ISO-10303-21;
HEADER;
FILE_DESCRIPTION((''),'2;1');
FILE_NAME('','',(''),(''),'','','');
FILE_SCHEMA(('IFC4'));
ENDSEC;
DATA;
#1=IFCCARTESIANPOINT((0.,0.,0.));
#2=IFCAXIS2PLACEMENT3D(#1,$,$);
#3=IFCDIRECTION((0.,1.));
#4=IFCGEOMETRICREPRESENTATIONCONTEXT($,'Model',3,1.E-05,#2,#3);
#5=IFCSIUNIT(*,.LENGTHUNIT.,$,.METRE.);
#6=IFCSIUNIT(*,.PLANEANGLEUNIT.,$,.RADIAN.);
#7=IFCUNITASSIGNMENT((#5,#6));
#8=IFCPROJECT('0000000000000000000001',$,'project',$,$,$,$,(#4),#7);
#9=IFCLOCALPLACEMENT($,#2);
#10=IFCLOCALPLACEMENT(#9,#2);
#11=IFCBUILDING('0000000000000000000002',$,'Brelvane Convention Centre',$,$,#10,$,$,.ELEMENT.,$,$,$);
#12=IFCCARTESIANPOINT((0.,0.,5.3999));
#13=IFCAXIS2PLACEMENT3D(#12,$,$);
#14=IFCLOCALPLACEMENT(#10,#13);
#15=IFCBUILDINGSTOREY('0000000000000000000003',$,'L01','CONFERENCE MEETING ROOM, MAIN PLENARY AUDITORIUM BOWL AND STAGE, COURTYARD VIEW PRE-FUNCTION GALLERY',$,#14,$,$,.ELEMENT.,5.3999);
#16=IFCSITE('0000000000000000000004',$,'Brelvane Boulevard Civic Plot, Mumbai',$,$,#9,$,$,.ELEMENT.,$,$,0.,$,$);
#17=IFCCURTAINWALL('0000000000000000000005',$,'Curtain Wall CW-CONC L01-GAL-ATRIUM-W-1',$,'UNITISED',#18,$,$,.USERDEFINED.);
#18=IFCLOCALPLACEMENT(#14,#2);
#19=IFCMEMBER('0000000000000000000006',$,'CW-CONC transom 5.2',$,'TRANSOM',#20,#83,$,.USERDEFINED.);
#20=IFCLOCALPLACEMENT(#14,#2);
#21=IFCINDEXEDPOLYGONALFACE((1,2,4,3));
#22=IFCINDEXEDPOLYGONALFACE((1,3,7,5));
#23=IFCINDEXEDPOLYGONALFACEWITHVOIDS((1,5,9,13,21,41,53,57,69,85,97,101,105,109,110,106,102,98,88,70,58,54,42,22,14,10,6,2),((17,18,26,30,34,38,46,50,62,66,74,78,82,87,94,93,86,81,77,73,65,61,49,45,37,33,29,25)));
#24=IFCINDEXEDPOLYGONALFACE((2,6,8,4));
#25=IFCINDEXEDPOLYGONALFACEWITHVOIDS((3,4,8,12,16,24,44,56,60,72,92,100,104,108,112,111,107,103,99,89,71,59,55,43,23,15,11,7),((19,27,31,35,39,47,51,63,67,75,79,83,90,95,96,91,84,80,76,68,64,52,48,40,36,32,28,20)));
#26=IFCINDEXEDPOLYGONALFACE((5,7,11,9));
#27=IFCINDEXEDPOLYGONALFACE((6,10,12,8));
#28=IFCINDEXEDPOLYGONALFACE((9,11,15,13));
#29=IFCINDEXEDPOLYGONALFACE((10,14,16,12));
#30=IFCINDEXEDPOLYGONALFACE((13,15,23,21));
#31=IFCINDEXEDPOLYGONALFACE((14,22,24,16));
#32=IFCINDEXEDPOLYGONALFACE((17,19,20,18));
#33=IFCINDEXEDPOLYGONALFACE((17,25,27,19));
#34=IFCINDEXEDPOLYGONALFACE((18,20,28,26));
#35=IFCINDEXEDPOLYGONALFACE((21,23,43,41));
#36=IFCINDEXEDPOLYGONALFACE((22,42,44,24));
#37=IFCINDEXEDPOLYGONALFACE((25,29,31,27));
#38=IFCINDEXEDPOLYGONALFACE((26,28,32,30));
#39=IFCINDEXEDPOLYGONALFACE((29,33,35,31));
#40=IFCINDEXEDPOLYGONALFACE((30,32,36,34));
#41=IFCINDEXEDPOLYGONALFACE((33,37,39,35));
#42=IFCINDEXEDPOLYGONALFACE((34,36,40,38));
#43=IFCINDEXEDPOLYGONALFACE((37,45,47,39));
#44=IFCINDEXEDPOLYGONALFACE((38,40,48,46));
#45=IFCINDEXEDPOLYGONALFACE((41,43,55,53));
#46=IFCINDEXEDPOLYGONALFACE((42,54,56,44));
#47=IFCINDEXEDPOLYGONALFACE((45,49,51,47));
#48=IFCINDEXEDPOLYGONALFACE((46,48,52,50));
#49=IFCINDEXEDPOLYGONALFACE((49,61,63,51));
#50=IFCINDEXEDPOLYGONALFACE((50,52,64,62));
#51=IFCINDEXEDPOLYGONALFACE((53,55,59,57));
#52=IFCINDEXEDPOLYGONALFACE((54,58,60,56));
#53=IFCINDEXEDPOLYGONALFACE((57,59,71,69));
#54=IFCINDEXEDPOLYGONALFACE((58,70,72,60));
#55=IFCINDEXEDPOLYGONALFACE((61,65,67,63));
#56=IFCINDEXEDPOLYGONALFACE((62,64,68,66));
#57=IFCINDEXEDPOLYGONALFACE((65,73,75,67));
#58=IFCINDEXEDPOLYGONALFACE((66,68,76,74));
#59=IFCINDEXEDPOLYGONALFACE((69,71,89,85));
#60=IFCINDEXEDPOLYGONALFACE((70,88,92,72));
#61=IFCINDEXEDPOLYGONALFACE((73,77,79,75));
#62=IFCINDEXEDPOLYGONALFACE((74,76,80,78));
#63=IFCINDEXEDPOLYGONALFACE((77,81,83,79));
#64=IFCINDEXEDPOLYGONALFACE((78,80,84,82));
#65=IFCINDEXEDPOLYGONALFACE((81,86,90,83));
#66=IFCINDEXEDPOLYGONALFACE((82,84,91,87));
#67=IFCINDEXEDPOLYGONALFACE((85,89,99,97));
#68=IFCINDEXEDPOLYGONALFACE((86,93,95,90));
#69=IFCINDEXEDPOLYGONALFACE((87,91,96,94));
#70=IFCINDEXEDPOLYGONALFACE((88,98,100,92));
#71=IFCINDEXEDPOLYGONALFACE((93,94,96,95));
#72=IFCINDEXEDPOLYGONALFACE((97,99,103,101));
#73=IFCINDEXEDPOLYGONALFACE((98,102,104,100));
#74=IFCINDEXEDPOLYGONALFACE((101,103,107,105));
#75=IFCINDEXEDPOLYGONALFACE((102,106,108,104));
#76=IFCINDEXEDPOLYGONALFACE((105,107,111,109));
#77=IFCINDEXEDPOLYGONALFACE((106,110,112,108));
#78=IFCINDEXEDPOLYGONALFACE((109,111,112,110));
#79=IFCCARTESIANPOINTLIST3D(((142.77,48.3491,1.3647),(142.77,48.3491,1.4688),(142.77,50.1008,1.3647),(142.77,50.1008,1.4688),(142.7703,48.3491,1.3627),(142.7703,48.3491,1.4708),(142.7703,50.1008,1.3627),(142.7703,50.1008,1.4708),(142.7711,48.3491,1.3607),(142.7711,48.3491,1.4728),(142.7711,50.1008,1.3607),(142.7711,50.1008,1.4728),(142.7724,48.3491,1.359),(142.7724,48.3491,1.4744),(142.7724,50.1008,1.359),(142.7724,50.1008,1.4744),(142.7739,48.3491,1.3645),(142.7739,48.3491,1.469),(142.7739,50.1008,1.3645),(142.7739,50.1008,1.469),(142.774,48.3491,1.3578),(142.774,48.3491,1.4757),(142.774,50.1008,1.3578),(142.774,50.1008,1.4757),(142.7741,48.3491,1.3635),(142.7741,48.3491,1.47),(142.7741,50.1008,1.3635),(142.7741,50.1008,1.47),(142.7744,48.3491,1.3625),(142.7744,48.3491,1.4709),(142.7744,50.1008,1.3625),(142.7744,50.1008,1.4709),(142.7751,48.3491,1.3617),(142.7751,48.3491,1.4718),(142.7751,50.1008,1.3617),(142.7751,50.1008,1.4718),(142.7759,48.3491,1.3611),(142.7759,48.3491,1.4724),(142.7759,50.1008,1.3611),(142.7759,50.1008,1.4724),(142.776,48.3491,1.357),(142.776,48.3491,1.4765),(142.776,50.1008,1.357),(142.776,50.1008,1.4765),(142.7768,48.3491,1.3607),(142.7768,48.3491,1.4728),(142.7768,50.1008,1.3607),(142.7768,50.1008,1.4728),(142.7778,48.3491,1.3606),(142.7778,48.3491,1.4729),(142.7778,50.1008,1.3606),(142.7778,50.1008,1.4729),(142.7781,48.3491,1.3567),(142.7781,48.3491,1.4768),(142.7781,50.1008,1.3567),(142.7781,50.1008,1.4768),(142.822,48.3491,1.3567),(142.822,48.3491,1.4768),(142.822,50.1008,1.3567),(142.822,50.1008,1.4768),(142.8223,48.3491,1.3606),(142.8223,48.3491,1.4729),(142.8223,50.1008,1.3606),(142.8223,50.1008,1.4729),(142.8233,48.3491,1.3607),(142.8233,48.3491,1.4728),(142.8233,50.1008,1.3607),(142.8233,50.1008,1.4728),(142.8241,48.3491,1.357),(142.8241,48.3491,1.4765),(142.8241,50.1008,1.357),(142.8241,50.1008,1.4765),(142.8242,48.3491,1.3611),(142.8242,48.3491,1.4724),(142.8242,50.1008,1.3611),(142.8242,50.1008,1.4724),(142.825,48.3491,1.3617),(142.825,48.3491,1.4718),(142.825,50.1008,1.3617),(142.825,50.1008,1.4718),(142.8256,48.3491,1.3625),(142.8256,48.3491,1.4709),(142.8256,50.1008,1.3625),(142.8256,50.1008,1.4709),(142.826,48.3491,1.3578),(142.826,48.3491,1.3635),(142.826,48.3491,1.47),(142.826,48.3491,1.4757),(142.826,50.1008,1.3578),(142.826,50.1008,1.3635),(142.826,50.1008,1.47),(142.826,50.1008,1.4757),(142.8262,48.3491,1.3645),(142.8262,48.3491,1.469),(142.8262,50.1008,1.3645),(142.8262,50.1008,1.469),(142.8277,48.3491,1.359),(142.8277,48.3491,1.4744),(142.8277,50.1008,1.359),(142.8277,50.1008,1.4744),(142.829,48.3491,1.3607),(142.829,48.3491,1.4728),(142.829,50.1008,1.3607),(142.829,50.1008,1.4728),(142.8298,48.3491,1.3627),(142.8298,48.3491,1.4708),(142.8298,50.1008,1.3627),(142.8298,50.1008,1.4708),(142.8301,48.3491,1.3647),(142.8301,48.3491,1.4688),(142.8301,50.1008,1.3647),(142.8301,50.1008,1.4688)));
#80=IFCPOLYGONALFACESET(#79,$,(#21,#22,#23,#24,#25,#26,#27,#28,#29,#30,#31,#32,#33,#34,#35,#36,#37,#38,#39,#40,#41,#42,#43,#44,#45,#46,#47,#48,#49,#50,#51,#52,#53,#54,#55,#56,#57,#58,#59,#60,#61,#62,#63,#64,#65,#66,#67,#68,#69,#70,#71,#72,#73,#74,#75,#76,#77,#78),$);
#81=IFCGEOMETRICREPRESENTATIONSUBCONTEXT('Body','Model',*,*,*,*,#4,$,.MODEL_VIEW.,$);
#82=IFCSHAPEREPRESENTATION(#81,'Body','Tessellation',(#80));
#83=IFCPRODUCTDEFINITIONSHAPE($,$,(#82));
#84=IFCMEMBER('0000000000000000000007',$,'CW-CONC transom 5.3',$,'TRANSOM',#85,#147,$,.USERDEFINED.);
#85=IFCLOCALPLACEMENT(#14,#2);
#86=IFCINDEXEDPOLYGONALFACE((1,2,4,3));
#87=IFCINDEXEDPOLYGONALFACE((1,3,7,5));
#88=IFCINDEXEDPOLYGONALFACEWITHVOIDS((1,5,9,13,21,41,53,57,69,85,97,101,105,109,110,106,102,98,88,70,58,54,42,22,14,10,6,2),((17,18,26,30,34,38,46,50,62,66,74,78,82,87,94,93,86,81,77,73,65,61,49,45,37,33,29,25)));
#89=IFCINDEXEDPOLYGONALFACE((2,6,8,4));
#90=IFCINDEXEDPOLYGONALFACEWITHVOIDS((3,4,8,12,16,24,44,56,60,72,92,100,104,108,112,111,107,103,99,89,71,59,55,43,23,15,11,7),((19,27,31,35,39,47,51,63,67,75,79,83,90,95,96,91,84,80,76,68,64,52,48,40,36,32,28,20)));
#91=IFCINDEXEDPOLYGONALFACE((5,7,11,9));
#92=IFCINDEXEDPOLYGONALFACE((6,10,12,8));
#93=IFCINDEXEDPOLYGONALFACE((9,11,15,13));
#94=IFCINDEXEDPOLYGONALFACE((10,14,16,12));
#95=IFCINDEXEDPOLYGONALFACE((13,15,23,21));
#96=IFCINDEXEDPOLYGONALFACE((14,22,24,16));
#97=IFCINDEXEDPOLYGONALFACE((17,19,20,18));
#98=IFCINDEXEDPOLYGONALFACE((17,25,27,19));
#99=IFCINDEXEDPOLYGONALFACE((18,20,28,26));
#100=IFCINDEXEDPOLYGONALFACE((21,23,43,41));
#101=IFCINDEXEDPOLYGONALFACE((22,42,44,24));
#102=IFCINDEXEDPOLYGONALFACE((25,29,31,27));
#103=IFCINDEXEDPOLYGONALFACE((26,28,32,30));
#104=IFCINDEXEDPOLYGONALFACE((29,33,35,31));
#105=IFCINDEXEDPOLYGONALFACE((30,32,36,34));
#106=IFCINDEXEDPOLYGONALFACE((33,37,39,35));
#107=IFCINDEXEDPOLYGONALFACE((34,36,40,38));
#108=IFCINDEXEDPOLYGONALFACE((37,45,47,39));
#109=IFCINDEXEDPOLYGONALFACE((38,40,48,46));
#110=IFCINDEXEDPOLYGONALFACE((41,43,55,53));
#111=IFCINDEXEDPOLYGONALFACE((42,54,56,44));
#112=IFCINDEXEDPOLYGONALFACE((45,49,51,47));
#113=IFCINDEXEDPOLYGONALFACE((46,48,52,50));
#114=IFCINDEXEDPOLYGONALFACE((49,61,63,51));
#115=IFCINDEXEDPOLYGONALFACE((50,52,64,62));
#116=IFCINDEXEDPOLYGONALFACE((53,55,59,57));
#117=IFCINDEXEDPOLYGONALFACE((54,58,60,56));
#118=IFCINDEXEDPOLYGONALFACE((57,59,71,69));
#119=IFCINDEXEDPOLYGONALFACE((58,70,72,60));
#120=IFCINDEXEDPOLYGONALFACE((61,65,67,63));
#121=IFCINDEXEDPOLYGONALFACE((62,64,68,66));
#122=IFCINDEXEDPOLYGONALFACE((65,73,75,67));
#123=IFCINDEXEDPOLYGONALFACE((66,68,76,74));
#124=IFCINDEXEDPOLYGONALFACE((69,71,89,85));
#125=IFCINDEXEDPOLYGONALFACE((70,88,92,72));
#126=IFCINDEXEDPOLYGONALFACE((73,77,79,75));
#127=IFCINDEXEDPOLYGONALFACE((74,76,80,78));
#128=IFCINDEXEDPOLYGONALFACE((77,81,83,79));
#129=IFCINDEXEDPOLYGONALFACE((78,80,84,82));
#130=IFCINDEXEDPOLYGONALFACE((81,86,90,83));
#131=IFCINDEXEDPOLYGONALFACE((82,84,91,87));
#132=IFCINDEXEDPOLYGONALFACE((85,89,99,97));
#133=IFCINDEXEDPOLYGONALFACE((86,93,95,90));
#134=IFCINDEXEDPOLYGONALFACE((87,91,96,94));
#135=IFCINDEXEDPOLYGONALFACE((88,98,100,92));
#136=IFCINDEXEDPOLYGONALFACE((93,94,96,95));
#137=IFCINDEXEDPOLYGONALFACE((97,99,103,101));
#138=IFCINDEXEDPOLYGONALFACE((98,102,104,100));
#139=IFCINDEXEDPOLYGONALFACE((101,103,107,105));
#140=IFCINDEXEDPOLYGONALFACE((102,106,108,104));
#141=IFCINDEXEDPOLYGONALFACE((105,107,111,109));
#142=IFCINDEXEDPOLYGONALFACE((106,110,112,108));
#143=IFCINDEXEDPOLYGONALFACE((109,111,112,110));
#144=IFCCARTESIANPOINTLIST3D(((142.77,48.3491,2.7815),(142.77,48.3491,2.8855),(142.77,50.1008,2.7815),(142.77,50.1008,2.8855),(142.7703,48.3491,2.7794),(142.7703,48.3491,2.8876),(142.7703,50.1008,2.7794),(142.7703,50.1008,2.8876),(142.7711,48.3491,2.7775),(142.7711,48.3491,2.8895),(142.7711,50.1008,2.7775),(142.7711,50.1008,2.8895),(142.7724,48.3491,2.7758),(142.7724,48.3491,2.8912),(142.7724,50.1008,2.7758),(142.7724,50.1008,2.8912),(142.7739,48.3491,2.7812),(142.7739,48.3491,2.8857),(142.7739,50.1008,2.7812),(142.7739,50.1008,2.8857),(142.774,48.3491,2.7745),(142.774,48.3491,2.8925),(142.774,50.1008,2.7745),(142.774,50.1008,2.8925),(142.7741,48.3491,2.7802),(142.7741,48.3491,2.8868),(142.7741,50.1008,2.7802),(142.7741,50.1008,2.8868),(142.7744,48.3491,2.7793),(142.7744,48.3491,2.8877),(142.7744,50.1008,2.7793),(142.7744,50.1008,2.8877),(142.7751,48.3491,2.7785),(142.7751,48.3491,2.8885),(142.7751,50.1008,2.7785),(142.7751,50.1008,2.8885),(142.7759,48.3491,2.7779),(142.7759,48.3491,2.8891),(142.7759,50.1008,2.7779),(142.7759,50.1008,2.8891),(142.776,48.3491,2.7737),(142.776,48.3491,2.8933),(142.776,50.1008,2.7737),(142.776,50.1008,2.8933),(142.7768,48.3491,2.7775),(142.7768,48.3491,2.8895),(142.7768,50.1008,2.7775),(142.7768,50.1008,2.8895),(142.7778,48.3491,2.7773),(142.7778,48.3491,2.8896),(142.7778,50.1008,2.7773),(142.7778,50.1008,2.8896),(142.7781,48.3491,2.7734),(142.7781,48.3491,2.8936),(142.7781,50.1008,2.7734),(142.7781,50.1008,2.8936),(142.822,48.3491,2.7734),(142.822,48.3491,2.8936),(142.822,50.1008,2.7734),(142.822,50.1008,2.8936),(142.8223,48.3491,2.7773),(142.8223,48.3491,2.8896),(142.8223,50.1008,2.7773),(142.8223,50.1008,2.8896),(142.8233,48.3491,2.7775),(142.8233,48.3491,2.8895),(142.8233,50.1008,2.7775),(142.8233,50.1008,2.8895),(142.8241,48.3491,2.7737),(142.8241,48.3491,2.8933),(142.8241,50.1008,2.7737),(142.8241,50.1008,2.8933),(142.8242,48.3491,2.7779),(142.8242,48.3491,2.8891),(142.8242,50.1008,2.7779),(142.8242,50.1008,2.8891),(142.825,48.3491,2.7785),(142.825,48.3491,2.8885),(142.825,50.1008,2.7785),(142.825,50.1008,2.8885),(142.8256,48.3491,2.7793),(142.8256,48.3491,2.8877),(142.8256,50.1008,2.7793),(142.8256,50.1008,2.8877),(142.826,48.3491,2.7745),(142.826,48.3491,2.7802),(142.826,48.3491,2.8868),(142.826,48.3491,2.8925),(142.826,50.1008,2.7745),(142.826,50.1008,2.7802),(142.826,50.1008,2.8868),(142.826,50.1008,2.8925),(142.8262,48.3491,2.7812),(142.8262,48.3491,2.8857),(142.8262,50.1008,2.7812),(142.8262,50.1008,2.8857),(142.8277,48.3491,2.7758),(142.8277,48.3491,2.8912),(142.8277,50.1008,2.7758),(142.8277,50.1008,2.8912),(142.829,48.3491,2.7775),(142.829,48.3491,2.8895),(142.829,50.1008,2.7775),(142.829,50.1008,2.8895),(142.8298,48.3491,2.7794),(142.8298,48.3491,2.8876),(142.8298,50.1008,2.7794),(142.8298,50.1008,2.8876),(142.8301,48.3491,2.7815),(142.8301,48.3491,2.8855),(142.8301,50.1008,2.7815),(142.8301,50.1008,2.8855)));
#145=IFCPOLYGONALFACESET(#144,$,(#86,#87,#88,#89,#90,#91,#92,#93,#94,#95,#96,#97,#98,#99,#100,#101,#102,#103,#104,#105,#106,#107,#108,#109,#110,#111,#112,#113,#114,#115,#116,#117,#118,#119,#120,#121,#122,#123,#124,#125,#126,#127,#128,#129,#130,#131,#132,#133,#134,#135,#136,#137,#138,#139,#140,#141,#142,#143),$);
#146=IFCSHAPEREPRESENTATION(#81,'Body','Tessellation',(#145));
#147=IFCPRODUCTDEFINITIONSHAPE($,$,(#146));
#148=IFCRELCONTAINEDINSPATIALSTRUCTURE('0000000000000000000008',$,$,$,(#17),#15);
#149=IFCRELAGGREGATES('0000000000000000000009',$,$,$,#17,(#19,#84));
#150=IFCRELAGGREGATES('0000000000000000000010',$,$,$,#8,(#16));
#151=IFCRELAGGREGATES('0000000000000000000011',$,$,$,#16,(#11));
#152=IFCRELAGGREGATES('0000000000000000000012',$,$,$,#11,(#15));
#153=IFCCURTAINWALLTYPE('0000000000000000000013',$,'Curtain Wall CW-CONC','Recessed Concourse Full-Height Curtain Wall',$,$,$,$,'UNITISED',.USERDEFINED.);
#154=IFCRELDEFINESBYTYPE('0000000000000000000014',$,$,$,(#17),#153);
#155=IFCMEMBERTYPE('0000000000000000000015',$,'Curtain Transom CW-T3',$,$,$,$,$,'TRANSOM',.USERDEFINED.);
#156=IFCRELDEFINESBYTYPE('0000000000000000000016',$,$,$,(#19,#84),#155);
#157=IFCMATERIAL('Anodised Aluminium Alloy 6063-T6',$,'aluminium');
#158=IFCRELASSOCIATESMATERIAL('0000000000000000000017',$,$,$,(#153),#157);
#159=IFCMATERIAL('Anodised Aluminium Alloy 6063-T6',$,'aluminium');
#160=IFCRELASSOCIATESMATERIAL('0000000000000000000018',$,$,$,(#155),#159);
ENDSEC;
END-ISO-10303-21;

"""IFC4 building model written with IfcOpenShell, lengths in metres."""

from ifc_helpers import new_model, si_unit, direction, frame, origin, origin_2d, place, context, subcontext, project, spatial, hollow_rectangle, extrude, material, material_profile, profile_set, type_object, element, aggregate, save


model = new_model("IFC4")

# Units and contexts
model_context = context("Model", 3, precision=1e-05, world=origin(), true_north=direction((0.0, 1.0)))
body_context = subcontext(model_context, "Body", "Model", "MODEL_VIEW")
ifc_project = project(units=[si_unit("LENGTHUNIT", "METRE"), si_unit("PLANEANGLEUNIT", "RADIAN")], contexts=[model_context])

# Site, building, storey
site_placement = place(None, origin())
site = spatial("IfcSite", under=ifc_project, at=site_placement, Name="Brelvane Boulevard Civic Plot, Mumbai", CompositionType="ELEMENT", RefElevation=0.0)
building_placement = place(site_placement, origin())
building = spatial("IfcBuilding", under=site, at=building_placement, Name="Brelvane Convention Centre", CompositionType="ELEMENT")
storey_placement = place(building_placement, frame((0.0, 0.0, 5.3999)))
storey = spatial("IfcBuildingStorey", under=building, at=storey_placement, Name="L01", Description="CONFERENCE MEETING ROOM, MAIN PLENARY AUDITORIUM BOWL AND STAGE, COURTYARD VIEW PRE-FUNCTION GALLERY", CompositionType="ELEMENT", Elevation=5.3999)

# Curtain wall, members
ifc_material_1 = material(Name="Anodised Aluminium Alloy 6063-T6", Category="aluminium")
curtain_wall_type = type_object("IfcCurtainWallType", Name="Curtain Wall CW-CONC", Description="Recessed Concourse Full-Height Curtain Wall", ElementType="UNITISED", PredefinedType="USERDEFINED", material=ifc_material_1)
curtain_wall_placement = place(storey_placement, origin())
curtain_wall = element("IfcCurtainWall", 1, at=curtain_wall_placement, inside=storey, type_object=curtain_wall_type, Name="Curtain Wall CW-CONC L01-GAL-ATRIUM-W-1", ObjectType="UNITISED", PredefinedType="USERDEFINED")
ifc_material_2 = material(Name="Anodised Aluminium Alloy 6063-T6", Category="aluminium")
ifc_material_profile_1 = material_profile(ifc_material_2, hollow_rectangle(XDim=0.0601, YDim=0.1201, WallThickness=0.0039, InnerFilletRadius=0.0039, OuterFilletRadius=0.0081, at=origin_2d()), Name="ALU-T 120x60x4.0")
ifc_profile_set_1 = profile_set([ifc_material_profile_1], Name="Anodised Aluminium Alloy 6063-T6")
member_type_1 = type_object("IfcMemberType", Name="Curtain Transom CW-T3", ElementType="TRANSOM", PredefinedType="USERDEFINED", material=ifc_profile_set_1)
member_1_placement = place(storey_placement, frame((142.8, 48.3491, 1.4167), z_axis=(0.0, 1.0, 0.0), x_axis=(-1.0, 0.0, 0.0)))
member_1 = element("IfcMember", 2, at=member_1_placement, type_object=member_type_1, Name="CW-CONC transom 5.2", ObjectType="TRANSOM", PredefinedType="USERDEFINED", context=body_context, shape_type="SweptSolid", body=[
    extrude(hollow_rectangle(XDim=0.0601, YDim=0.1201, WallThickness=0.0039, InnerFilletRadius=0.0039, OuterFilletRadius=0.0081, at=origin_2d()), origin(), (0.0, 0.0, 1.0), 1.7517),
])
member_2_placement = place(storey_placement, frame((142.8, 48.3491, 2.8335), z_axis=(0.0, 1.0, 0.0), x_axis=(-1.0, 0.0, 0.0)))
member_2 = element("IfcMember", 3, at=member_2_placement, type_object=member_type_1, Name="CW-CONC transom 5.3", ObjectType="TRANSOM", PredefinedType="USERDEFINED", context=body_context, shape_type="SweptSolid", body=[
    extrude(hollow_rectangle(XDim=0.0601, YDim=0.1201, WallThickness=0.0039, InnerFilletRadius=0.0039, OuterFilletRadius=0.0081, at=origin_2d()), origin(), (0.0, 0.0, 1.0), 1.7517),
])

aggregate(curtain_wall, [member_1, member_2])

save(model, "model.ifc")
